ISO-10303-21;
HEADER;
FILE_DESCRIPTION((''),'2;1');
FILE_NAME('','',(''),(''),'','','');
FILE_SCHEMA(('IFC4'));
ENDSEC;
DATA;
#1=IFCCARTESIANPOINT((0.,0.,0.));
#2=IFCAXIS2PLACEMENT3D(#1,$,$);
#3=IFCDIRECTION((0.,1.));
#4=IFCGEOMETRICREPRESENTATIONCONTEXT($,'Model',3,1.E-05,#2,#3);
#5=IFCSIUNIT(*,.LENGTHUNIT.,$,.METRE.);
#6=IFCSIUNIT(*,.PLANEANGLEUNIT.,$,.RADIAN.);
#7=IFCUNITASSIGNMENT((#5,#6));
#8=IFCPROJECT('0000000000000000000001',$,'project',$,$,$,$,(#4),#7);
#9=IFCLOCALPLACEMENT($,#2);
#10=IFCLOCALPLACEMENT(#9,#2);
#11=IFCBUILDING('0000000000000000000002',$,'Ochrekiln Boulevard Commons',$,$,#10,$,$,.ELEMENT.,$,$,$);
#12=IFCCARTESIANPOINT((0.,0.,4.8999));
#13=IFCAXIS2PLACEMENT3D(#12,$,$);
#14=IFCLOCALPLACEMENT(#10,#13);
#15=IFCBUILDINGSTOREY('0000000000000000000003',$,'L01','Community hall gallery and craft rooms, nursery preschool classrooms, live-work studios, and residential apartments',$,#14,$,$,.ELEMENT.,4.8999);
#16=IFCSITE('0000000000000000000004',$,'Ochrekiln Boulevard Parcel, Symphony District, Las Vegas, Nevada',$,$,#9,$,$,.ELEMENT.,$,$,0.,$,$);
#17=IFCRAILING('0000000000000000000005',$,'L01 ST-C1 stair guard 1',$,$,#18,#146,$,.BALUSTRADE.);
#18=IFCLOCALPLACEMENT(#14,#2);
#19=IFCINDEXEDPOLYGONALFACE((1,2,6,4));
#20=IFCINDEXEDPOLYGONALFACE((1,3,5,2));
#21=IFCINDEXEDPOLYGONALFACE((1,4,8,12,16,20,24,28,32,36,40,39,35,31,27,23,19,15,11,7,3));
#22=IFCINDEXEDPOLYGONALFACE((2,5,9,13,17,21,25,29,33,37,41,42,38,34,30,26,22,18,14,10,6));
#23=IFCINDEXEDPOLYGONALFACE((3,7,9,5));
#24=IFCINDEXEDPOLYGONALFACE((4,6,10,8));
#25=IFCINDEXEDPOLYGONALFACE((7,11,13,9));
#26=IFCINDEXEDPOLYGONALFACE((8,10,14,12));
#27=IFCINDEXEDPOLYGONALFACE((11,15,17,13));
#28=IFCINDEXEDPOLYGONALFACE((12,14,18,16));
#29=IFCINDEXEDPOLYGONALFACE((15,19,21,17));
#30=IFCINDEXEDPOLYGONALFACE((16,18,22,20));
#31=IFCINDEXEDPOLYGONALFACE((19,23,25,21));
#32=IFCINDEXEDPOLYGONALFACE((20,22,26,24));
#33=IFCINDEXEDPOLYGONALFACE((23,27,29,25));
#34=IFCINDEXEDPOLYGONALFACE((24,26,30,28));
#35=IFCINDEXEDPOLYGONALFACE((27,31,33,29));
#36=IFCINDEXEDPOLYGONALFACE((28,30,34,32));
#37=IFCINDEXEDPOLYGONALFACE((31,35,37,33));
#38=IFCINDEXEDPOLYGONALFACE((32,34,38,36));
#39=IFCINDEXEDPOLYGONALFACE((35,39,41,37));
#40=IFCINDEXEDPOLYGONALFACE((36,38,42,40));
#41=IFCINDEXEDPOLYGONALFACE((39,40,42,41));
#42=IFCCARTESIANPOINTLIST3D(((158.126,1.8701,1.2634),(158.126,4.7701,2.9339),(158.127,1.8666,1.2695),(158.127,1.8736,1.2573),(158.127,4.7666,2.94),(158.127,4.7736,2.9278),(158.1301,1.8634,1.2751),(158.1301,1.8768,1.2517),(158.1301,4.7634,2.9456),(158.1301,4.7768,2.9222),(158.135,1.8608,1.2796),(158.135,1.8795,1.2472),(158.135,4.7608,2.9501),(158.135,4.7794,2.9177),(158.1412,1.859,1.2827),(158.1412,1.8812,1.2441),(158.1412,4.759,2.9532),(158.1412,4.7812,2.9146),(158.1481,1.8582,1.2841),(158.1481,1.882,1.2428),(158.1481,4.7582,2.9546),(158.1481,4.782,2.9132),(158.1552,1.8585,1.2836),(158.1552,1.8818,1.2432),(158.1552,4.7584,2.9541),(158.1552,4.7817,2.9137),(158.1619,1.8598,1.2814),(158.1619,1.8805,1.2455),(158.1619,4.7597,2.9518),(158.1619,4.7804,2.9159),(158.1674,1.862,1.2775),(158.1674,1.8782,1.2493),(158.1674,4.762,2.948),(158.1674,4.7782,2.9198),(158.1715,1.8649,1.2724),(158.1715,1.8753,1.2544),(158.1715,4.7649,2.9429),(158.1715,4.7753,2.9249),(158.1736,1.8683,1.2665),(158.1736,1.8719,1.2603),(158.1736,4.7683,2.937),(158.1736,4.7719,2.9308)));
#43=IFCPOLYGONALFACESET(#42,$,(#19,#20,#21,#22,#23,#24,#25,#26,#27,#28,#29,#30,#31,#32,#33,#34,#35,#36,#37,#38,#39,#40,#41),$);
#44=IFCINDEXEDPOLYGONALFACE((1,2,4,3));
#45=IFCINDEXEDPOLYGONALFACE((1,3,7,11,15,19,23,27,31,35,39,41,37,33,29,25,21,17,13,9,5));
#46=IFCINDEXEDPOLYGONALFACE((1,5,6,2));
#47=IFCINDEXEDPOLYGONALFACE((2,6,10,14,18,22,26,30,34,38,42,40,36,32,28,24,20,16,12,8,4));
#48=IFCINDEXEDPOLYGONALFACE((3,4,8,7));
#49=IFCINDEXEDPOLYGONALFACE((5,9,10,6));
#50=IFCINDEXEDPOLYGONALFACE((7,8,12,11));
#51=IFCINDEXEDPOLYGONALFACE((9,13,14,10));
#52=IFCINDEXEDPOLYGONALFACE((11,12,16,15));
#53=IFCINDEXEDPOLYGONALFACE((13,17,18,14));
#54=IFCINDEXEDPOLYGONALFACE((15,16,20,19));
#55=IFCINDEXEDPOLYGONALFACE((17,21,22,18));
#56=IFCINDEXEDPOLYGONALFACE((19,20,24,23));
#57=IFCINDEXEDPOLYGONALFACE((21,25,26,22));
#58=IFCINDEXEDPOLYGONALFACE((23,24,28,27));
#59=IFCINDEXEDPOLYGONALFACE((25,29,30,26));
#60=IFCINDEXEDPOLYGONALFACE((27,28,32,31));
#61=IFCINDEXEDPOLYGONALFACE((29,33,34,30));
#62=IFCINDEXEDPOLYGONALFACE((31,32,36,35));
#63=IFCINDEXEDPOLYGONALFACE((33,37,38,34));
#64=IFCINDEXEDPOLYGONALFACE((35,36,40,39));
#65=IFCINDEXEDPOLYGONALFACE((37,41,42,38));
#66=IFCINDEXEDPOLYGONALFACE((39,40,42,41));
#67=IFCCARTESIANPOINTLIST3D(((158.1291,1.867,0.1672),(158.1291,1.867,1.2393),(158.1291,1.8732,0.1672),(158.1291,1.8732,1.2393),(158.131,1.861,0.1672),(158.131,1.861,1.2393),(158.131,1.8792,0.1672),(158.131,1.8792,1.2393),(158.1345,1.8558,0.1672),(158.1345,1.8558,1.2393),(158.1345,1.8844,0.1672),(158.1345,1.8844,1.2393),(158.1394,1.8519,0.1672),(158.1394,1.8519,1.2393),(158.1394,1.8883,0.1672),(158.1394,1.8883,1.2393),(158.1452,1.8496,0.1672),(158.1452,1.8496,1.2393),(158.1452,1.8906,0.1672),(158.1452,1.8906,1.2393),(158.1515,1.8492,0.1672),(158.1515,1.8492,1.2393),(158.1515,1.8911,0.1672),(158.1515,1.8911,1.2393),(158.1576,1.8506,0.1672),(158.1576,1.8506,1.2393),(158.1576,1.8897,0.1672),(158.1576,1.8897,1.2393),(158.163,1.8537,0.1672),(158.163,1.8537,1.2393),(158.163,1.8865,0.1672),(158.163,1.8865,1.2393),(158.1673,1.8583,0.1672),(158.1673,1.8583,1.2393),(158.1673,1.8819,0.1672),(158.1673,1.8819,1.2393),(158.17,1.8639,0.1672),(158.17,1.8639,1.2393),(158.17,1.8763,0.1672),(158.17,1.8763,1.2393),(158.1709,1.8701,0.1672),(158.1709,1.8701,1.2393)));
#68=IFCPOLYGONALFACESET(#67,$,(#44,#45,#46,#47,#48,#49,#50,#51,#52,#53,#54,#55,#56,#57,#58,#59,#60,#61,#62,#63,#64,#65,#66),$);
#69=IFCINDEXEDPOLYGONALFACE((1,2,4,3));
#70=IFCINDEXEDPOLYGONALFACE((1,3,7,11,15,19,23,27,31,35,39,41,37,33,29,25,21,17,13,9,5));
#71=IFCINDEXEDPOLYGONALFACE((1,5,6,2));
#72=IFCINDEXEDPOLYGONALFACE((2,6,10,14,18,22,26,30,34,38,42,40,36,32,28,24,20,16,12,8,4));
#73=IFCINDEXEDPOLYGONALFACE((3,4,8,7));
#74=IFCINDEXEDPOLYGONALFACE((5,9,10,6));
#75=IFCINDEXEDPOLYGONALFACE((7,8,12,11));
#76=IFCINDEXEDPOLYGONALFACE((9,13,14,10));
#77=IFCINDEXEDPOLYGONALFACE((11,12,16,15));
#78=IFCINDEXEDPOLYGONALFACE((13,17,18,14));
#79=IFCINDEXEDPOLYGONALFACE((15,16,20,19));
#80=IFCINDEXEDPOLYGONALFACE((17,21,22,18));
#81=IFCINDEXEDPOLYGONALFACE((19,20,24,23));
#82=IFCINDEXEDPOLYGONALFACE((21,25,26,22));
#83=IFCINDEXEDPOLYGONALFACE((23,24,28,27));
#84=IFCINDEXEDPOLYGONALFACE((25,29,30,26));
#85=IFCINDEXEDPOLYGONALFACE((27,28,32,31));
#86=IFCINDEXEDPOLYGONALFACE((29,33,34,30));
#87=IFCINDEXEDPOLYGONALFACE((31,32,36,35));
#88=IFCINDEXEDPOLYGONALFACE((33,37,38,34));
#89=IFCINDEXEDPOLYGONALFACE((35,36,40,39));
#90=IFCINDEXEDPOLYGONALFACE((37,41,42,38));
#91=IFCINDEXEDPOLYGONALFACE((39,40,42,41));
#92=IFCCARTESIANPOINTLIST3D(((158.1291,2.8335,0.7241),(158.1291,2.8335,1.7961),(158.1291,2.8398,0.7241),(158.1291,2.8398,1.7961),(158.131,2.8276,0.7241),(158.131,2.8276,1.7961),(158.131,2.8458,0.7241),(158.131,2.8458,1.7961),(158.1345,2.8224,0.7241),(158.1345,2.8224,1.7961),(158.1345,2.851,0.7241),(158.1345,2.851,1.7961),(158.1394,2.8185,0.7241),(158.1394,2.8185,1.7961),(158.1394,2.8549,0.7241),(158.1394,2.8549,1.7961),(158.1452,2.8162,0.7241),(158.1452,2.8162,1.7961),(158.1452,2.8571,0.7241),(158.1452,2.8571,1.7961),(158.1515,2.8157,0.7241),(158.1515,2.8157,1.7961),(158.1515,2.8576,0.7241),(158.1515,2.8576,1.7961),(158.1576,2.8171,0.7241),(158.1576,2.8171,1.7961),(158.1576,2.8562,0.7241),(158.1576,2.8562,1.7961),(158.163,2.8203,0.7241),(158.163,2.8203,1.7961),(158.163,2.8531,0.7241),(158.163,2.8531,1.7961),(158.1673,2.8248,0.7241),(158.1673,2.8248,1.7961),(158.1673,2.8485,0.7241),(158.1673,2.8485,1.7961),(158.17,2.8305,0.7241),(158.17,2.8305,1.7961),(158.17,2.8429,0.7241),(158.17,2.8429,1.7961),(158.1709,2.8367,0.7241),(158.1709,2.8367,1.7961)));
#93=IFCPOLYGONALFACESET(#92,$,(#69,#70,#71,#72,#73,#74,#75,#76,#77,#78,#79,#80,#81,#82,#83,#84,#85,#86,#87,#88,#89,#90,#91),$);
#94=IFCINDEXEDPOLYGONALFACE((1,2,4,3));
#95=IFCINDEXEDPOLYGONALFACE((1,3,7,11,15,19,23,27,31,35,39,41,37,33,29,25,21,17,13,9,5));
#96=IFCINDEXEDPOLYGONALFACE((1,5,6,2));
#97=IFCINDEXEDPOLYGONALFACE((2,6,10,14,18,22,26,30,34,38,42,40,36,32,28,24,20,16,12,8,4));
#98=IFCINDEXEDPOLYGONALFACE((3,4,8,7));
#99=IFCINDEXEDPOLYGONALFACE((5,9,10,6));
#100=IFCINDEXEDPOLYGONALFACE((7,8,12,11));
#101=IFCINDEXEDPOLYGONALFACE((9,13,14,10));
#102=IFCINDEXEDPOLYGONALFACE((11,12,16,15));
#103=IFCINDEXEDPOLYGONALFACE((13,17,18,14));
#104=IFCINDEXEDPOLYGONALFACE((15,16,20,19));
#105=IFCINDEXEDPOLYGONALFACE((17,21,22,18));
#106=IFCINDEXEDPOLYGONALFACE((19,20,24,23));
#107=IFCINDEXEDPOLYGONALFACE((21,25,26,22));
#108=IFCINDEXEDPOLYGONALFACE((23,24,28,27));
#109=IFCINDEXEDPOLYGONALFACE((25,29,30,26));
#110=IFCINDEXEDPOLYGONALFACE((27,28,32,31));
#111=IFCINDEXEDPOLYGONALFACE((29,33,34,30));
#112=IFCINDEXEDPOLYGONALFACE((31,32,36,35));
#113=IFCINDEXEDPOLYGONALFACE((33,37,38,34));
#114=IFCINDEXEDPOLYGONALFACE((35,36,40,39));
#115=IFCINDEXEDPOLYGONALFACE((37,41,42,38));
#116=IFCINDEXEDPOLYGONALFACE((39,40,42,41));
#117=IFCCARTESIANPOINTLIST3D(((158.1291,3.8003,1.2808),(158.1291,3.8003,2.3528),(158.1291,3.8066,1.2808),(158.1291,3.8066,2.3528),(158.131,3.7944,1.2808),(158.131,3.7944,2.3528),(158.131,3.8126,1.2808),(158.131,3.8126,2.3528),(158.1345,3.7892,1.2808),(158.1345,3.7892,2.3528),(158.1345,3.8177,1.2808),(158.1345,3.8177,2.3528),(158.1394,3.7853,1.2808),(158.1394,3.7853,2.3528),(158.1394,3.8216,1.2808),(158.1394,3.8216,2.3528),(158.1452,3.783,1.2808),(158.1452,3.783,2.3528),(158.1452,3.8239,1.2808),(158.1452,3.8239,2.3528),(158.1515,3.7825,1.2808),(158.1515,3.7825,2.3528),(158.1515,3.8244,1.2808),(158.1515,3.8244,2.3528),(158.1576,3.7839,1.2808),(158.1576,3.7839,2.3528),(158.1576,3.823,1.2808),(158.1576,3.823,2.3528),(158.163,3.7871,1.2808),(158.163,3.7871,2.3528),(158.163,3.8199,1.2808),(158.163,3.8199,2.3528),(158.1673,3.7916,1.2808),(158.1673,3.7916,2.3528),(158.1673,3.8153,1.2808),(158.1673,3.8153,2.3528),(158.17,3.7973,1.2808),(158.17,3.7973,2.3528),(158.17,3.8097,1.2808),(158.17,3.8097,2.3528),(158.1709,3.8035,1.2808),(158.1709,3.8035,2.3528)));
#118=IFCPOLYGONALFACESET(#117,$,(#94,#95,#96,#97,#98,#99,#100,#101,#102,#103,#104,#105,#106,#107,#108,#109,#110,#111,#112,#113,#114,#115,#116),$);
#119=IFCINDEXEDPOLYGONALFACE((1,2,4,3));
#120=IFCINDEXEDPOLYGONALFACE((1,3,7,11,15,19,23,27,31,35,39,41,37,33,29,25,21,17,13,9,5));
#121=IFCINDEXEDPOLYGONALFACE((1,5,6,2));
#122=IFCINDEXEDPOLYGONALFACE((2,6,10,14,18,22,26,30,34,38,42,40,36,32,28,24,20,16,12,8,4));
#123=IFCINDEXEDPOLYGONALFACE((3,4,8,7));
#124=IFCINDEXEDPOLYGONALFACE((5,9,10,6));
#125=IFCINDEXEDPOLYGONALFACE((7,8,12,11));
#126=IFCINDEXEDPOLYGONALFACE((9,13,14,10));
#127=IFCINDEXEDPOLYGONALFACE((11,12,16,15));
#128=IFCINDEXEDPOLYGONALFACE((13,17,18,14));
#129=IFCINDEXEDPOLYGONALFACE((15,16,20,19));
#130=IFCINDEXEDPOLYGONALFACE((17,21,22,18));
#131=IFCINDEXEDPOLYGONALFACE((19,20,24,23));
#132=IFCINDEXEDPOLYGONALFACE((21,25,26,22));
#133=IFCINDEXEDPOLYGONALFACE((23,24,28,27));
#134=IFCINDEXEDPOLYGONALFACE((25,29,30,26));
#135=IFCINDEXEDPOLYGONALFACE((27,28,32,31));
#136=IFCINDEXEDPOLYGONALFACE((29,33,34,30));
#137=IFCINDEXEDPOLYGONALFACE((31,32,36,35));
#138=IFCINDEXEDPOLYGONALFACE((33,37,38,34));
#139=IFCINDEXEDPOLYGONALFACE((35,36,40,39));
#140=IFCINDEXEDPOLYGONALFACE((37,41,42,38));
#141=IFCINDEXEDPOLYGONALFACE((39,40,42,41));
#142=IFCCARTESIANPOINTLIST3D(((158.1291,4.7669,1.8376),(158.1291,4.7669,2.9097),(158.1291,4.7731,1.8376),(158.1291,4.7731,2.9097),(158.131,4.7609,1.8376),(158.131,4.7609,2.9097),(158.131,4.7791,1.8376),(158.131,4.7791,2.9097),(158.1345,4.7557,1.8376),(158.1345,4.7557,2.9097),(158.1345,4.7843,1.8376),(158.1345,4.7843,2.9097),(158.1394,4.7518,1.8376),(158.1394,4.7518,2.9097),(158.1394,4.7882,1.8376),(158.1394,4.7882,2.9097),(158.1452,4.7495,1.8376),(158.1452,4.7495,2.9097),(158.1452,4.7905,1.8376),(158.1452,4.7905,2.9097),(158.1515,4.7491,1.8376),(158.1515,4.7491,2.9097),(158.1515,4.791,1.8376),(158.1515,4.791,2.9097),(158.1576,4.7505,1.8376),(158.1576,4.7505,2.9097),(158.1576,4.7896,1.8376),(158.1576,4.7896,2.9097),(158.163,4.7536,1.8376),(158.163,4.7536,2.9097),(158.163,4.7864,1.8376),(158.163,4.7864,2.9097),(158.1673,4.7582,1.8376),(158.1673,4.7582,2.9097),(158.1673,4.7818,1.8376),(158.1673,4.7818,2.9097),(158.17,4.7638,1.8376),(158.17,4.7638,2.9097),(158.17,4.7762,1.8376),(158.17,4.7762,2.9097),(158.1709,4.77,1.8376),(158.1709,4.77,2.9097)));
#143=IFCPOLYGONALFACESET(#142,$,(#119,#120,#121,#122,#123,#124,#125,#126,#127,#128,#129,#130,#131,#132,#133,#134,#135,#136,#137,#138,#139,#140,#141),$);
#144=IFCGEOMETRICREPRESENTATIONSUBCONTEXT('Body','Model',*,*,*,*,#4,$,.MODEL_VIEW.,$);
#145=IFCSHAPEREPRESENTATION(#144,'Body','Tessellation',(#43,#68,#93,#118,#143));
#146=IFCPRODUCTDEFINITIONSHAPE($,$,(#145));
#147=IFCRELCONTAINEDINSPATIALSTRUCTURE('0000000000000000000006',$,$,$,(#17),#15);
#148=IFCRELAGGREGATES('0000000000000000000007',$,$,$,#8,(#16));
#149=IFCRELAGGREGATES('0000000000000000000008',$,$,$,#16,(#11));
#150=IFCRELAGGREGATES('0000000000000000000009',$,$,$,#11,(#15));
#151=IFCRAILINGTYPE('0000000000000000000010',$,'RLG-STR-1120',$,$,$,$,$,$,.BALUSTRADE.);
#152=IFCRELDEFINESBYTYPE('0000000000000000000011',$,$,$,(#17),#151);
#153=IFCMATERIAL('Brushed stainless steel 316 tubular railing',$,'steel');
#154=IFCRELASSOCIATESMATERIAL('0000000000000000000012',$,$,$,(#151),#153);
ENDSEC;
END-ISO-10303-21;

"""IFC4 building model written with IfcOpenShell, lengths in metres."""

from ifc_helpers import new_model, si_unit, direction, frame, origin, origin_2d, place, context, subcontext, project, spatial, circle, extrude, material, type_object, element, save


model = new_model("IFC4")

# Units and contexts
model_context = context("Model", 3, precision=1e-05, world=origin(), true_north=direction((0.0, 1.0)))
body_context = subcontext(model_context, "Body", "Model", "MODEL_VIEW")
ifc_project = project(units=[si_unit("LENGTHUNIT", "METRE"), si_unit("PLANEANGLEUNIT", "RADIAN")], contexts=[model_context])

# Site, building, storey
site_placement = place(None, origin())
site = spatial("IfcSite", under=ifc_project, at=site_placement, Name="Ochrekiln Boulevard Parcel, Symphony District, Las Vegas, Nevada", CompositionType="ELEMENT", RefElevation=0.0)
building_placement = place(site_placement, origin())
building = spatial("IfcBuilding", under=site, at=building_placement, Name="Ochrekiln Boulevard Commons", CompositionType="ELEMENT")
storey_placement = place(building_placement, frame((0.0, 0.0, 4.8999)))
storey = spatial("IfcBuildingStorey", under=building, at=storey_placement, Name="L01", Description="Community hall gallery and craft rooms, nursery preschool classrooms, live-work studios, and residential apartments", CompositionType="ELEMENT", Elevation=4.8999)

# Railing
ifc_material_1 = material(Name="Brushed stainless steel 316 tubular railing", Category="steel")
railing_type_1 = type_object("IfcRailingType", Name="RLG-STR-1120", PredefinedType="BALUSTRADE", material=ifc_material_1)
railing_1_placement = place(storey_placement, frame((158.1499, 1.8701, 0.1672)))
element("IfcRailing", 1, at=railing_1_placement, inside=storey, type_object=railing_type_1, Name="L01 ST-C1 stair guard 1", PredefinedType="BALUSTRADE", context=body_context, shape_type="SweptSolid", body=[
    extrude(circle(Radius=0.0239, at=origin_2d()), frame((0.0, 0.0, 1.0962), z_axis=(0.0, 0.866523, 0.499137), x_axis=(-1.0, 0.0, 0.0)), (0.0, 0.0, 1.0), 3.3467),
    extrude(circle(Radius=0.021, at=origin_2d()), origin(), (0.0, 0.0, 1.0), 1.072),
    extrude(circle(Radius=0.021, at=origin_2d()), frame((0.0, 0.9666, 0.5569)), (0.0, 0.0, 1.0), 1.072),
    extrude(circle(Radius=0.021, at=origin_2d()), frame((0.0, 1.9333, 1.1135)), (0.0, 0.0, 1.0), 1.072),
    extrude(circle(Radius=0.021, at=origin_2d()), frame((0.0, 2.8999, 1.6704)), (0.0, 0.0, 1.0), 1.072),
])

save(model, "model.ifc")
